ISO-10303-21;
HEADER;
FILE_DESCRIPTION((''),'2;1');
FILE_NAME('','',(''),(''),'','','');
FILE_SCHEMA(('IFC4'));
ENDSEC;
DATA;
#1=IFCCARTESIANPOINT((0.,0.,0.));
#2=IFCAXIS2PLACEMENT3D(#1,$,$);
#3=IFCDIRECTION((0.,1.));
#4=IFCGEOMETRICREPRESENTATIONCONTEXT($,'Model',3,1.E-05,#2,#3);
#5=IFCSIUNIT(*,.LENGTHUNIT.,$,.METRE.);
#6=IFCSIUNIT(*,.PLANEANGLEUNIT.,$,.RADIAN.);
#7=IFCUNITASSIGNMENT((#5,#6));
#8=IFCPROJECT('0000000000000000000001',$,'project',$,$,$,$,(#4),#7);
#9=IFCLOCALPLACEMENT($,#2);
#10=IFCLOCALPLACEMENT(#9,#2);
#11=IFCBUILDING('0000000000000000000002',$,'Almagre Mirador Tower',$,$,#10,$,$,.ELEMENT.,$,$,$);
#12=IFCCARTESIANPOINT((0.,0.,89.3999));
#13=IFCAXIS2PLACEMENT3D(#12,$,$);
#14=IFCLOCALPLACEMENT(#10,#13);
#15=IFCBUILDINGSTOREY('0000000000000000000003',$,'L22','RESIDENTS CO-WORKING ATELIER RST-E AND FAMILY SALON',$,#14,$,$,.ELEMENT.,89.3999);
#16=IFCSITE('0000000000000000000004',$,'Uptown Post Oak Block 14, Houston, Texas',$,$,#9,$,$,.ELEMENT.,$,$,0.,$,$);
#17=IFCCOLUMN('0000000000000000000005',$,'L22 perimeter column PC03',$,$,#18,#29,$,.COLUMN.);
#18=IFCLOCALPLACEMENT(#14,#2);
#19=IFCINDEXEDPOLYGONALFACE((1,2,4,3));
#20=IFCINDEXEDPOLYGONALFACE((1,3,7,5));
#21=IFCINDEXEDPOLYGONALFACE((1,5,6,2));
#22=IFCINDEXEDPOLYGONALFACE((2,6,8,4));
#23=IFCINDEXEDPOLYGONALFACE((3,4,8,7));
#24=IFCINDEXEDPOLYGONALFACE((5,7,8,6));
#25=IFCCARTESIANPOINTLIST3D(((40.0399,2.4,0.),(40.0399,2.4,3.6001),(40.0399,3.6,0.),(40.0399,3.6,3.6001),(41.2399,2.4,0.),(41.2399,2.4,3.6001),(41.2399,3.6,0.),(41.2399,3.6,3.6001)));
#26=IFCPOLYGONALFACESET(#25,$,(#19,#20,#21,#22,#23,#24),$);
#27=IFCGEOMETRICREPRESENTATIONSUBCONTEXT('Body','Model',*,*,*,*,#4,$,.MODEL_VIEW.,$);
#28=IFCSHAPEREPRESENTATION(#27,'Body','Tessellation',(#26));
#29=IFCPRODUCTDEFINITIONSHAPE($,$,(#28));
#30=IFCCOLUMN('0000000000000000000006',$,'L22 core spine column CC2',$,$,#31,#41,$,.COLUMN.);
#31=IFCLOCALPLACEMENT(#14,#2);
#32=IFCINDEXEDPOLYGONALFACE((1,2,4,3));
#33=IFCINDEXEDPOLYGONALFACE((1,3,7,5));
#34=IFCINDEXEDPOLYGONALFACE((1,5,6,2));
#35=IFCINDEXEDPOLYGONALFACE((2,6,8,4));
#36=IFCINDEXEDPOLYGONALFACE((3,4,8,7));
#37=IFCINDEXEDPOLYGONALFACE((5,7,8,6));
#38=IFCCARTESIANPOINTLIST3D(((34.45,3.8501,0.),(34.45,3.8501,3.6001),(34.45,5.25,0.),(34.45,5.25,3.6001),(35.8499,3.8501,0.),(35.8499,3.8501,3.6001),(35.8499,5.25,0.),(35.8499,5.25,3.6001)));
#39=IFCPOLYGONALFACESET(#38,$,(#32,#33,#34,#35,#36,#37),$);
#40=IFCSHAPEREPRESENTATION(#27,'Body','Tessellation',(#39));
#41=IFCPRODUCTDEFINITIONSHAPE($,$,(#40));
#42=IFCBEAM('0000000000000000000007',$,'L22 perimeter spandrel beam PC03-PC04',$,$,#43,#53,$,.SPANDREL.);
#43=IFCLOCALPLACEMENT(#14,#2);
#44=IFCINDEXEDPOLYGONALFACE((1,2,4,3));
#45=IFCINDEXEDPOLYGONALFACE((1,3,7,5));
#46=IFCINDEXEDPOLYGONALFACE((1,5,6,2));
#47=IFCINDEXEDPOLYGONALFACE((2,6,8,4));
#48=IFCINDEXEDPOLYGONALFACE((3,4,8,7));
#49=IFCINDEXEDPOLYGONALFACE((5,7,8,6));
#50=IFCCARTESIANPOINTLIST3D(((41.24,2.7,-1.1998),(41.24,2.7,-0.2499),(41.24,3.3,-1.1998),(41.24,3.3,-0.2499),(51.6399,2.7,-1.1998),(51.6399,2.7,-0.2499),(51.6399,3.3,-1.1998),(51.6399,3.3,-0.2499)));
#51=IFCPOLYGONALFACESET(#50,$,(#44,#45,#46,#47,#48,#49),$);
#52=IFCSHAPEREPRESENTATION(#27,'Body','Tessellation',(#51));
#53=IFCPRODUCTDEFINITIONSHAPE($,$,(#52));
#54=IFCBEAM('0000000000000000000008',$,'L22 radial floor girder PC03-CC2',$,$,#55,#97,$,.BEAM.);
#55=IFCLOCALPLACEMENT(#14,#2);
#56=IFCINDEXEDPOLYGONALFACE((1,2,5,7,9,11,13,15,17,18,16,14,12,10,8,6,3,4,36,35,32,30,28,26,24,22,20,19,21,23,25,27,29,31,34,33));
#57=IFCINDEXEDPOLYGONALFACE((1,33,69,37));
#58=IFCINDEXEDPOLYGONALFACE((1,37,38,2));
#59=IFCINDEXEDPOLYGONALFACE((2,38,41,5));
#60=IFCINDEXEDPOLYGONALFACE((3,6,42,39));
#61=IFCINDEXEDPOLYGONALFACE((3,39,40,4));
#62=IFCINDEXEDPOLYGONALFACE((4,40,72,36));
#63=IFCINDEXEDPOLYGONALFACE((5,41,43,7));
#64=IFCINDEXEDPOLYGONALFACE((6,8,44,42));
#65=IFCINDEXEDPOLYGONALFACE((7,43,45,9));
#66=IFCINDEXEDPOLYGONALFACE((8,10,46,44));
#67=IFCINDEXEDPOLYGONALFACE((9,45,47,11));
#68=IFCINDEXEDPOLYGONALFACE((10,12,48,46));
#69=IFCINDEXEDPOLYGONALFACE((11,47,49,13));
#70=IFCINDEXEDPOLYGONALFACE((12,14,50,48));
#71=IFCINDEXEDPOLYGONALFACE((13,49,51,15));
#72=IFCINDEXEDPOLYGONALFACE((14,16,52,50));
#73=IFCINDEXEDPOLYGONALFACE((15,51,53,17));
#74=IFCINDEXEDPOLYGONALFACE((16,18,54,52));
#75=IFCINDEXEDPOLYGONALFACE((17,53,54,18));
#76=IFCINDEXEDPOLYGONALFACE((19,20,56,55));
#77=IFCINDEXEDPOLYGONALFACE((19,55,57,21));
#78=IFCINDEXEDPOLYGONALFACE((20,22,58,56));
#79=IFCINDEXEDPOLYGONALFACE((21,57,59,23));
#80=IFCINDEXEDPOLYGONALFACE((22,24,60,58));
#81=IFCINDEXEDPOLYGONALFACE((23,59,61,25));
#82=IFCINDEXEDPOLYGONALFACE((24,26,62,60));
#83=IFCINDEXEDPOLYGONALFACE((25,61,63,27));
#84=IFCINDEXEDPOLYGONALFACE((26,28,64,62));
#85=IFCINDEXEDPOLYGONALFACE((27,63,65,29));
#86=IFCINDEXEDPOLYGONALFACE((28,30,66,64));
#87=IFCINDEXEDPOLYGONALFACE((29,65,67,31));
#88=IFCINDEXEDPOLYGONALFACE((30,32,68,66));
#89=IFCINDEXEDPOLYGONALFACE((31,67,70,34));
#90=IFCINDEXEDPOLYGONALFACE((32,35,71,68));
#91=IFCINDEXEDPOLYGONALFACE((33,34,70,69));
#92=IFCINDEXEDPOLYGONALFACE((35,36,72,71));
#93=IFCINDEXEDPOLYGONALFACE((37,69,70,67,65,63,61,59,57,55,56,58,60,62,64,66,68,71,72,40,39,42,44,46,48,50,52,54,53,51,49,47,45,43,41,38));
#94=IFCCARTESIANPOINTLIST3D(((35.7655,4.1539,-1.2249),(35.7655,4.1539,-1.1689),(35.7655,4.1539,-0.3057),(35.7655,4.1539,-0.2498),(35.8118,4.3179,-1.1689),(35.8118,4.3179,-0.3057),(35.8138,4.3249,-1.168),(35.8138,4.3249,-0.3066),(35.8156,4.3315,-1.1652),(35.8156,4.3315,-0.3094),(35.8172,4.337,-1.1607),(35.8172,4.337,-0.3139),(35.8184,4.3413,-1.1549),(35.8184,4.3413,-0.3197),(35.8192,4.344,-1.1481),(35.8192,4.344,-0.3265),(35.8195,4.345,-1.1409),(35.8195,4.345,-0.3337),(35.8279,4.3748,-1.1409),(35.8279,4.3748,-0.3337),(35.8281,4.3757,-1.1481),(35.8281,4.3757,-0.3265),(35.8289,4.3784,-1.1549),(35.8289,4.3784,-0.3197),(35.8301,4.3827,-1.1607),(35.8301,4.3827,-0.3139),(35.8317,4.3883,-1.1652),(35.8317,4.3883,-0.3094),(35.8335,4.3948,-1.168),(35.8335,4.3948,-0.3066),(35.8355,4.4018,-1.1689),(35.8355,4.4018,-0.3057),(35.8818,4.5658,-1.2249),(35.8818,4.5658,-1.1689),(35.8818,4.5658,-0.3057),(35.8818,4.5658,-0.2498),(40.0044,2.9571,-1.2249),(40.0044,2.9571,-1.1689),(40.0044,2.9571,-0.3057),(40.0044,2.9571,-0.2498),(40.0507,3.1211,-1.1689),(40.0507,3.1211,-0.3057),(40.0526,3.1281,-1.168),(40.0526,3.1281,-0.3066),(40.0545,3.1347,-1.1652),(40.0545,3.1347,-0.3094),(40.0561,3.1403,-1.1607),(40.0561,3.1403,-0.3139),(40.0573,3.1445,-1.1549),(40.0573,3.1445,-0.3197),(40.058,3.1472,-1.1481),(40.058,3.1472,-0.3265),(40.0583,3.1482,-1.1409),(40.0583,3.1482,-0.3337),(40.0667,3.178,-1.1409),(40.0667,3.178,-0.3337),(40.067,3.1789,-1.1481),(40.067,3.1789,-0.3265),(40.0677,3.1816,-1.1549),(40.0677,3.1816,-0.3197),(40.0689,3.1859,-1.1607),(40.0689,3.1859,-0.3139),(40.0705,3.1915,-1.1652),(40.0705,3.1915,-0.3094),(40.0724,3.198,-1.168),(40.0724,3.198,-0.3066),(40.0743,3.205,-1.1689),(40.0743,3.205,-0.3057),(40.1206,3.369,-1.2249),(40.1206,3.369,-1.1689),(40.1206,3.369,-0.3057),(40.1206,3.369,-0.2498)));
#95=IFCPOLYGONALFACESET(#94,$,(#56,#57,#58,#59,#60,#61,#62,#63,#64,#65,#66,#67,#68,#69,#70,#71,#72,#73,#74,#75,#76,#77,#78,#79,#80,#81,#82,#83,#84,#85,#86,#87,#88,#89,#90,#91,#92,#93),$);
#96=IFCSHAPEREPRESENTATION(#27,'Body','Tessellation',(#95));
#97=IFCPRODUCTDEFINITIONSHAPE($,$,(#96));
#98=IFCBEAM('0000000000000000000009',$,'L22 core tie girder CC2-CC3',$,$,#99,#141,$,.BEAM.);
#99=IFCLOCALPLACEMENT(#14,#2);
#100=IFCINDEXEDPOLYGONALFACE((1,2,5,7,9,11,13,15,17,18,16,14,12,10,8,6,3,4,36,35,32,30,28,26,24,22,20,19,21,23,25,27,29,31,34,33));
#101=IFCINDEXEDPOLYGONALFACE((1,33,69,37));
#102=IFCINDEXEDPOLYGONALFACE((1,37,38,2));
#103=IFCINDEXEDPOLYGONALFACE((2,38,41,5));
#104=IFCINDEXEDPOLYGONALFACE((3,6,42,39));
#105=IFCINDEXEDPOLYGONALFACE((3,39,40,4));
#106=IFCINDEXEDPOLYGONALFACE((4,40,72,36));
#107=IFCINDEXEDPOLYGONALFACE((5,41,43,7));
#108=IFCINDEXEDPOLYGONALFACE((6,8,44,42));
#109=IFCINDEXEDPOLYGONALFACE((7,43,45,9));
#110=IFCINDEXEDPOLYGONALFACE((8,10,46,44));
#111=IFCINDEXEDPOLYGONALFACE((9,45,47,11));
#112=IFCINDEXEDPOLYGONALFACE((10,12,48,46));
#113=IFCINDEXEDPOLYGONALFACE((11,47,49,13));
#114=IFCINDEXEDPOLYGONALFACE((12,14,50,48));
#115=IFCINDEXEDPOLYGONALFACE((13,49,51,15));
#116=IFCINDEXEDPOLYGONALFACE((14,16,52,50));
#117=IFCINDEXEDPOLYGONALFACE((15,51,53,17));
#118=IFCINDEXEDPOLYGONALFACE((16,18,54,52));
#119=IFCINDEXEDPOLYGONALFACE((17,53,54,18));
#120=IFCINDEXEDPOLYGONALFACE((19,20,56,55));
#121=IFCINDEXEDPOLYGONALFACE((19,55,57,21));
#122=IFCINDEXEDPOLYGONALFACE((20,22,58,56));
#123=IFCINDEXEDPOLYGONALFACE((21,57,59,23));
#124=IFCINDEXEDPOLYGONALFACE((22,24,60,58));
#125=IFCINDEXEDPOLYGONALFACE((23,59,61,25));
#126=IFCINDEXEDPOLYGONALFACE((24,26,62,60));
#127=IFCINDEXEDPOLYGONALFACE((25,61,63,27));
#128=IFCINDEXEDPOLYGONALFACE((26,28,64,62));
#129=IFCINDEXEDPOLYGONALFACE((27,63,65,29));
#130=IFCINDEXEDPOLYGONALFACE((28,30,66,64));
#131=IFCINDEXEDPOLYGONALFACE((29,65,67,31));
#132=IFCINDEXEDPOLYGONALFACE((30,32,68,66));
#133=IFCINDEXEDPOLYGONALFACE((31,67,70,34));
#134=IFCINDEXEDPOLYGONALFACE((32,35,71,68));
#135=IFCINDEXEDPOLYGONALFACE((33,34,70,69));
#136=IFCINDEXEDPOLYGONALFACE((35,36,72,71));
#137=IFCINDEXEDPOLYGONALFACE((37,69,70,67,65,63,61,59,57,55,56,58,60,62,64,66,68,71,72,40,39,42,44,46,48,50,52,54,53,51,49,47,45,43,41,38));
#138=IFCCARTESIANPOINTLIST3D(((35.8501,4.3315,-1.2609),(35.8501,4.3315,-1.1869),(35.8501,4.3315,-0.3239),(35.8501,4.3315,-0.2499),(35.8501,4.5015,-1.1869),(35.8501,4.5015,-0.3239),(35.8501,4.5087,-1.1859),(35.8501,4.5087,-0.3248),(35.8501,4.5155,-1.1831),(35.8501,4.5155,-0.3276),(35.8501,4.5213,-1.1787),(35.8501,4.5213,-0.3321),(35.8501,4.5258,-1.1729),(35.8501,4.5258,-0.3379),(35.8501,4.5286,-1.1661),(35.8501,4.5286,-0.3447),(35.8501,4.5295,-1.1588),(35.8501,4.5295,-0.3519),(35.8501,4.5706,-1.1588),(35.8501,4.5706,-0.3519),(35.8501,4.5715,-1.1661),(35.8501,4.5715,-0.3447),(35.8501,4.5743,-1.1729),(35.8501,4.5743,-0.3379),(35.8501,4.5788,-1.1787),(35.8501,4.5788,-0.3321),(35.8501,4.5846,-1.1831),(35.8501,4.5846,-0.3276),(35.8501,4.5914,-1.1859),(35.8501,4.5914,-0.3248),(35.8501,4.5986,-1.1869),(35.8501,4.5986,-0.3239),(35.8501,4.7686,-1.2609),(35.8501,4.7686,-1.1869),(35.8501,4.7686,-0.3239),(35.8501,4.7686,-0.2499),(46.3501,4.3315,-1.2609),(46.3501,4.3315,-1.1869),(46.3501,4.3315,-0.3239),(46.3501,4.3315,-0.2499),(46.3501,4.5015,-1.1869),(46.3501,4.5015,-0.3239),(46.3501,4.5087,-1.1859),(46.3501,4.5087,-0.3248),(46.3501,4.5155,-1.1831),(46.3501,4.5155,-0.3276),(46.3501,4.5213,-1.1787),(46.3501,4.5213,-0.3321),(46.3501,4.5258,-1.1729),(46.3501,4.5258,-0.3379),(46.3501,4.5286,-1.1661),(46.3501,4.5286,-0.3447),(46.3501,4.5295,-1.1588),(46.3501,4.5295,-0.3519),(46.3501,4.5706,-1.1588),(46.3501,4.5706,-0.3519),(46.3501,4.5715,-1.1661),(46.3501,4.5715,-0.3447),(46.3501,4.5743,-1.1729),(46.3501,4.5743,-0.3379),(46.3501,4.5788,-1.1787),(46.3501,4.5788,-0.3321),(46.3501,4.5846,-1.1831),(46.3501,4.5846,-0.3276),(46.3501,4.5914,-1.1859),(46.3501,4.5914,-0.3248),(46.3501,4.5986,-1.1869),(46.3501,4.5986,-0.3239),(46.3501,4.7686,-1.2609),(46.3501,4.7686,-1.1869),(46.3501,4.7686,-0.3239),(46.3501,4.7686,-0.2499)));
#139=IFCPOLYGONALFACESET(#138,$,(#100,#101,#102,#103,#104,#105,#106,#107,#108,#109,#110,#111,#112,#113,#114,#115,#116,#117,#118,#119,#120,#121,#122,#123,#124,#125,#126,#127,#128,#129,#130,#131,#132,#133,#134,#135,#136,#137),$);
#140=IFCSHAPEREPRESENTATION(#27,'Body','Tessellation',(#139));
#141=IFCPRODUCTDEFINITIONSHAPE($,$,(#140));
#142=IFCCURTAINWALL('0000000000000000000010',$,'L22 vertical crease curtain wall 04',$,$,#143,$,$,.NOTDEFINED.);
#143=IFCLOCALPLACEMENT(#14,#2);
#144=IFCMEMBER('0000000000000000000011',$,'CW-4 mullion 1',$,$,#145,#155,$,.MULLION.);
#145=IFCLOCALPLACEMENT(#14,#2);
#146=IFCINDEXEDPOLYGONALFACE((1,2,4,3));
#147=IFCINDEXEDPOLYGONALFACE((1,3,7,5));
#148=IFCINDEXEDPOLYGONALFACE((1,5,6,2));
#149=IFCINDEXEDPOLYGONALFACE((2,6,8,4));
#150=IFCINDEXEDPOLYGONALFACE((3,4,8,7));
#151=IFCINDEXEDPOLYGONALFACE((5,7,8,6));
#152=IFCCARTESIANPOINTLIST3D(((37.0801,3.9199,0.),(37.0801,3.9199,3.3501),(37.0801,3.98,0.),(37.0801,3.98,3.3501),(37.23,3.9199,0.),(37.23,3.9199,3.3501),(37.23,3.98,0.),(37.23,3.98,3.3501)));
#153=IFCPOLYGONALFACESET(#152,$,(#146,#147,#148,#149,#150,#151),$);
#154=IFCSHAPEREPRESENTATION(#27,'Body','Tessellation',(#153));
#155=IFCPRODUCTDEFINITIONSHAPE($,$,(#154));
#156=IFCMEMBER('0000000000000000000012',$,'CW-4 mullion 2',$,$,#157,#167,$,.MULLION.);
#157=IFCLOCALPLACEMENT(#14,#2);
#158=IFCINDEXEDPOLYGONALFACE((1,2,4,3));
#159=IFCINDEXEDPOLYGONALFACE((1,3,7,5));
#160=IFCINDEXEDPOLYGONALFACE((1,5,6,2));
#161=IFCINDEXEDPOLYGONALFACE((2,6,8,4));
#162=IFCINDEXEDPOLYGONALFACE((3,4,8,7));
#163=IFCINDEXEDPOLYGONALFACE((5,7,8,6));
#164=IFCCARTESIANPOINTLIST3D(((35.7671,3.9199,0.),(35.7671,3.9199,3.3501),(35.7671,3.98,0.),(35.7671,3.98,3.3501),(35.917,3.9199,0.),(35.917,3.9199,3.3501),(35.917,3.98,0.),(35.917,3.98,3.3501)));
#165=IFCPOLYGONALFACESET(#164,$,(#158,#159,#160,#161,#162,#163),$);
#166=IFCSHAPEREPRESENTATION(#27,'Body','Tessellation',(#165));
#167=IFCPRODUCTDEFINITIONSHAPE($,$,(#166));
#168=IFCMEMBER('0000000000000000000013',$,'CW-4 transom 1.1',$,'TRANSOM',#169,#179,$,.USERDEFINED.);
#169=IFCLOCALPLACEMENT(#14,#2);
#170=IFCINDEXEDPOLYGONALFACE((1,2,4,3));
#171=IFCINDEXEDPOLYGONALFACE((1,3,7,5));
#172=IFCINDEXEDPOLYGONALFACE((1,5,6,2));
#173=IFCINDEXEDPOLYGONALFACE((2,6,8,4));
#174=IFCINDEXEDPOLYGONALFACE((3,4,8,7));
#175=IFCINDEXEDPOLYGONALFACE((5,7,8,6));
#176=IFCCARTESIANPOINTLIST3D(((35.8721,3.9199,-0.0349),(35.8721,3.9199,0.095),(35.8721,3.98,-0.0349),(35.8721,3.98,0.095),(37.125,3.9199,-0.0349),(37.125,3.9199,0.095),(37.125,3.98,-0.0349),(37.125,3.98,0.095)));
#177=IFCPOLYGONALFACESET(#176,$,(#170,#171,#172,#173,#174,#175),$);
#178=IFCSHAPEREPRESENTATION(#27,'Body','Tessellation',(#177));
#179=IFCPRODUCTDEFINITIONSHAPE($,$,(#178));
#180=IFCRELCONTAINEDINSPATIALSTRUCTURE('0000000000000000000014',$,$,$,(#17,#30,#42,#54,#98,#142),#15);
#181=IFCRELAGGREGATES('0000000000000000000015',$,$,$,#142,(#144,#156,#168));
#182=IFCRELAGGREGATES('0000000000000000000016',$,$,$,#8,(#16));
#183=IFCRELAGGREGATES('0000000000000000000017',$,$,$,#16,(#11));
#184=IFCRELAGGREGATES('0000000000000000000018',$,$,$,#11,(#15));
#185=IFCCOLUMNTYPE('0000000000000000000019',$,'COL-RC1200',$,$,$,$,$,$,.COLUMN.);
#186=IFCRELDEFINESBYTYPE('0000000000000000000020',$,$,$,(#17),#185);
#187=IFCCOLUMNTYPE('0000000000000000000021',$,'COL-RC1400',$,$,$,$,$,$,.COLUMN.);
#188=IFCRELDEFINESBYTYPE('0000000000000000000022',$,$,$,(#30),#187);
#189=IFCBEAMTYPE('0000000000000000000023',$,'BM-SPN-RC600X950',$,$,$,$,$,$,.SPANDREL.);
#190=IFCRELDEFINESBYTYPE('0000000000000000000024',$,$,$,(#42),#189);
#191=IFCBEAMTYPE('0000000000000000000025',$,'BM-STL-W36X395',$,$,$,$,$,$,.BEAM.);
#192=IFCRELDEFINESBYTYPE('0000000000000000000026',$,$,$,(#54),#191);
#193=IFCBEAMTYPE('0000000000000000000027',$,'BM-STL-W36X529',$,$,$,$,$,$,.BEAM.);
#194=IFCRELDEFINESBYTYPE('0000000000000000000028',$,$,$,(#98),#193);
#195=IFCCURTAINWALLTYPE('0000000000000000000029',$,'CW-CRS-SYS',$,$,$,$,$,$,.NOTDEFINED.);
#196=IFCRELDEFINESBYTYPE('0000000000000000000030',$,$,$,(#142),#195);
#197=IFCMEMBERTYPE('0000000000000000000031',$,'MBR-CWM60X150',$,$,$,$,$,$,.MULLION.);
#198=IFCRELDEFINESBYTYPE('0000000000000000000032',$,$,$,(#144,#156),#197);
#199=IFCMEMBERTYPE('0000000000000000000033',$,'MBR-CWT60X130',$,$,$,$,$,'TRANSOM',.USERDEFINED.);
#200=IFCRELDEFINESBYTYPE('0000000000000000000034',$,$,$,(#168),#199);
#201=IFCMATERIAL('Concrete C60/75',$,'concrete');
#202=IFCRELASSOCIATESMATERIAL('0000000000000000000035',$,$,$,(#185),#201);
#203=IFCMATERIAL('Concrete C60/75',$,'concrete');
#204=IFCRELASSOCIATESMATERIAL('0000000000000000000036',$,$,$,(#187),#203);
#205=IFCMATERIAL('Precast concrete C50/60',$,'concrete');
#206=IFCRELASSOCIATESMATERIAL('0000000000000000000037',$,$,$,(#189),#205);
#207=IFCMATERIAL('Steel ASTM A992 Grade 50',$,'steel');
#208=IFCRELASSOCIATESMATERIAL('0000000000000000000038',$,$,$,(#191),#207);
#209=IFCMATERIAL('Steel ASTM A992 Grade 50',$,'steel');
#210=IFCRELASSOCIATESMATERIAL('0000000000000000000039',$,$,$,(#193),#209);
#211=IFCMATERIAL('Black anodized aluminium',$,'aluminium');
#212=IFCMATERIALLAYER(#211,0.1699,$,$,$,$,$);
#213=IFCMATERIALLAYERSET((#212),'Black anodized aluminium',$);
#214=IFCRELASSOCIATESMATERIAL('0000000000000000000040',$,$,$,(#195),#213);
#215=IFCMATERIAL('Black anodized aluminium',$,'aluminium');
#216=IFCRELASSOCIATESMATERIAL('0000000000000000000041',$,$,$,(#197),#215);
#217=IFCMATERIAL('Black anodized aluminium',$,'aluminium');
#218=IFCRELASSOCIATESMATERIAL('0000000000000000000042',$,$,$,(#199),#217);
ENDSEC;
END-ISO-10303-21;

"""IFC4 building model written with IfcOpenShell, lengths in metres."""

from ifc_helpers import new_model, si_unit, direction, frame, origin, origin_2d, place, context, subcontext, project, spatial, rectangle, i_section, extrude, material, layer, layer_set, material_profile, profile_set, type_object, element, aggregate, save


model = new_model("IFC4")

# Units and contexts
model_context = context("Model", 3, precision=1e-05, world=origin(), true_north=direction((0.0, 1.0)))
body_context = subcontext(model_context, "Body", "Model", "MODEL_VIEW")
ifc_project = project(units=[si_unit("LENGTHUNIT", "METRE"), si_unit("PLANEANGLEUNIT", "RADIAN")], contexts=[model_context])

# Site, building, storey
site_placement = place(None, origin())
site = spatial("IfcSite", under=ifc_project, at=site_placement, Name="Uptown Post Oak Block 14, Houston, Texas", CompositionType="ELEMENT", RefElevation=0.0)
building_placement = place(site_placement, origin())
building = spatial("IfcBuilding", under=site, at=building_placement, Name="Almagre Mirador Tower", CompositionType="ELEMENT")
storey_placement = place(building_placement, frame((0.0, 0.0, 89.3999)))
storey = spatial("IfcBuildingStorey", under=building, at=storey_placement, Name="L22", Description="RESIDENTS CO-WORKING ATELIER RST-E AND FAMILY SALON", CompositionType="ELEMENT", Elevation=89.3999)

# Columns
ifc_material_1 = material(Name="Concrete C60/75", Category="concrete")
ifc_material_profile_1 = material_profile(ifc_material_1, rectangle(XDim=1.2, YDim=1.2, at=origin_2d()), Name="RC1200X1200")
ifc_profile_set_1 = profile_set([ifc_material_profile_1], Name="Concrete C60/75")
column_type_1 = type_object("IfcColumnType", Name="COL-RC1200", PredefinedType="COLUMN", material=ifc_profile_set_1)
column_1_placement = place(storey_placement, frame((40.6399, 3.0, 0.0), z_axis=(0.0, 0.0, 1.0), x_axis=(1.0, 0.0, 0.0)))
element("IfcColumn", 1, at=column_1_placement, inside=storey, type_object=column_type_1, Name="L22 perimeter column PC03", PredefinedType="COLUMN", context=body_context, shape_type="SweptSolid", body=[
    extrude(rectangle(XDim=1.2, YDim=1.2, at=origin_2d()), origin(), (0.0, 0.0, 1.0), 3.6001),
])
ifc_material_2 = material(Name="Concrete C60/75", Category="concrete")
ifc_material_profile_2 = material_profile(ifc_material_2, rectangle(XDim=1.3999, YDim=1.3999, at=origin_2d()), Name="RC1400X1400")
ifc_profile_set_2 = profile_set([ifc_material_profile_2], Name="Concrete C60/75")
column_type_2 = type_object("IfcColumnType", Name="COL-RC1400", PredefinedType="COLUMN", material=ifc_profile_set_2)
column_2_placement = place(storey_placement, frame((35.1499, 4.55, 0.0), z_axis=(0.0, 0.0, 1.0), x_axis=(1.0, 0.0, 0.0)))
element("IfcColumn", 2, at=column_2_placement, inside=storey, type_object=column_type_2, Name="L22 core spine column CC2", PredefinedType="COLUMN", context=body_context, shape_type="SweptSolid", body=[
    extrude(rectangle(XDim=1.3999, YDim=1.3999, at=origin_2d()), origin(), (0.0, 0.0, 1.0), 3.6001),
])

# Beams
ifc_material_3 = material(Name="Precast concrete C50/60", Category="concrete")
ifc_material_profile_3 = material_profile(ifc_material_3, rectangle(XDim=0.6001, YDim=0.95, at=origin_2d()), Name="RC600X950")
ifc_profile_set_3 = profile_set([ifc_material_profile_3], Name="Precast concrete C50/60")
beam_type_1 = type_object("IfcBeamType", Name="BM-SPN-RC600X950", PredefinedType="SPANDREL", material=ifc_profile_set_3)
beam_1_placement = place(storey_placement, frame((41.24, 3.0, -0.7249), z_axis=(1.0, 0.0, 0.0), x_axis=(0.0, 1.0, 0.0)))
element("IfcBeam", 3, at=beam_1_placement, inside=storey, type_object=beam_type_1, Name="L22 perimeter spandrel beam PC03-PC04", PredefinedType="SPANDREL", context=body_context, shape_type="SweptSolid", body=[
    extrude(rectangle(XDim=0.6001, YDim=0.95, at=origin_2d()), origin(), (0.0, 0.0, 1.0), 10.3999),
])
ifc_material_4 = material(Name="Steel ASTM A992 Grade 50", Category="steel")
ifc_material_profile_4 = material_profile(ifc_material_4, i_section(OverallWidth=0.428, OverallDepth=0.9751, WebThickness=0.031, FlangeThickness=0.0559, FilletRadius=0.0281, at=origin_2d()), Name="W36X395")
ifc_profile_set_4 = profile_set([ifc_material_profile_4], Name="Steel ASTM A992 Grade 50")
beam_type_2 = type_object("IfcBeamType", Name="BM-STL-W36X395", PredefinedType="BEAM", material=ifc_profile_set_4)
beam_2_placement = place(storey_placement, frame((40.0625, 3.1631, -0.7373), z_axis=(-0.962377, 0.271718, 0.0), x_axis=(-0.271718, -0.962377, 0.0)))
element("IfcBeam", 4, at=beam_2_placement, inside=storey, type_object=beam_type_2, Name="L22 radial floor girder PC03-CC2", PredefinedType="BEAM", context=body_context, shape_type="SweptSolid", body=[
    extrude(i_section(OverallWidth=0.428, OverallDepth=0.9751, WebThickness=0.031, FlangeThickness=0.0559, FilletRadius=0.0281, at=origin_2d()), origin(), (0.0, 0.0, 1.0), 4.4045),
])
ifc_material_5 = material(Name="Steel ASTM A992 Grade 50", Category="steel")
ifc_material_profile_5 = material_profile(ifc_material_5, i_section(OverallWidth=0.437, OverallDepth=1.011, WebThickness=0.041, FlangeThickness=0.074, FilletRadius=0.0281, at=origin_2d()), Name="W36X529")
ifc_profile_set_5 = profile_set([ifc_material_profile_5], Name="Steel ASTM A992 Grade 50")
beam_type_3 = type_object("IfcBeamType", Name="BM-STL-W36X529", PredefinedType="BEAM", material=ifc_profile_set_5)
beam_3_placement = place(storey_placement, frame((35.8501, 4.55, -0.7554), z_axis=(1.0, 0.0, 0.0), x_axis=(0.0, 1.0, 0.0)))
element("IfcBeam", 5, at=beam_3_placement, inside=storey, type_object=beam_type_3, Name="L22 core tie girder CC2-CC3", PredefinedType="BEAM", context=body_context, shape_type="SweptSolid", body=[
    extrude(i_section(OverallWidth=0.437, OverallDepth=1.011, WebThickness=0.041, FlangeThickness=0.074, FilletRadius=0.0281, at=origin_2d()), origin(), (0.0, 0.0, 1.0), 10.5),
])

# Curtain wall, members
ifc_material_6 = material(Name="Black anodized aluminium", Category="aluminium")
ifc_layer_1 = layer(ifc_material_6, 0.1699)
ifc_layer_set_1 = layer_set([ifc_layer_1], Name="Black anodized aluminium")
curtain_wall_type = type_object("IfcCurtainWallType", Name="CW-CRS-SYS", PredefinedType="NOTDEFINED", material=ifc_layer_set_1)
curtain_wall_placement = place(storey_placement, origin())
curtain_wall = element("IfcCurtainWall", 6, at=curtain_wall_placement, inside=storey, type_object=curtain_wall_type, Name="L22 vertical crease curtain wall 04", PredefinedType="NOTDEFINED")
ifc_material_7 = material(Name="Black anodized aluminium", Category="aluminium")
ifc_material_profile_6 = material_profile(ifc_material_7, rectangle(XDim=0.0601, YDim=0.1499, at=origin_2d()), Name="CWM60X150")
ifc_profile_set_6 = profile_set([ifc_material_profile_6], Name="Black anodized aluminium")
member_type_1 = type_object("IfcMemberType", Name="MBR-CWM60X150", PredefinedType="MULLION", material=ifc_profile_set_6)
member_1_placement = place(storey_placement, frame((37.155, 3.95, 0.0), z_axis=(0.0, 0.0, 1.0), x_axis=(0.0, -1.0, 0.0)))
member_1 = element("IfcMember", 7, at=member_1_placement, type_object=member_type_1, Name="CW-4 mullion 1", PredefinedType="MULLION", context=body_context, shape_type="SweptSolid", body=[
    extrude(rectangle(XDim=0.0601, YDim=0.1499, at=origin_2d()), origin(), (0.0, 0.0, 1.0), 3.3501),
])
member_2_placement = place(storey_placement, frame((35.842, 3.95, 0.0), z_axis=(0.0, 0.0, 1.0), x_axis=(0.0, -1.0, 0.0)))
member_2 = element("IfcMember", 8, at=member_2_placement, type_object=member_type_1, Name="CW-4 mullion 2", PredefinedType="MULLION", context=body_context, shape_type="SweptSolid", body=[
    extrude(rectangle(XDim=0.0601, YDim=0.1499, at=origin_2d()), origin(), (0.0, 0.0, 1.0), 3.3501),
])
ifc_material_8 = material(Name="Black anodized aluminium", Category="aluminium")
ifc_material_profile_7 = material_profile(ifc_material_8, rectangle(XDim=0.0601, YDim=0.1299, at=origin_2d()), Name="CWT60X130")
ifc_profile_set_7 = profile_set([ifc_material_profile_7], Name="Black anodized aluminium")
member_type_2 = type_object("IfcMemberType", Name="MBR-CWT60X130", ElementType="TRANSOM", PredefinedType="USERDEFINED", material=ifc_profile_set_7)
member_3_placement = place(storey_placement, frame((37.125, 3.95, 0.03), z_axis=(-1.0, 0.0, 0.0), x_axis=(0.0, -1.0, 0.0)))
member_3 = element("IfcMember", 9, at=member_3_placement, type_object=member_type_2, Name="CW-4 transom 1.1", ObjectType="TRANSOM", PredefinedType="USERDEFINED", context=body_context, shape_type="SweptSolid", body=[
    extrude(rectangle(XDim=0.0601, YDim=0.1299, at=origin_2d()), origin(), (0.0, 0.0, 1.0), 1.2529),
])
aggregate(curtain_wall, [member_1, member_2, member_3])

save(model, "model.ifc")
